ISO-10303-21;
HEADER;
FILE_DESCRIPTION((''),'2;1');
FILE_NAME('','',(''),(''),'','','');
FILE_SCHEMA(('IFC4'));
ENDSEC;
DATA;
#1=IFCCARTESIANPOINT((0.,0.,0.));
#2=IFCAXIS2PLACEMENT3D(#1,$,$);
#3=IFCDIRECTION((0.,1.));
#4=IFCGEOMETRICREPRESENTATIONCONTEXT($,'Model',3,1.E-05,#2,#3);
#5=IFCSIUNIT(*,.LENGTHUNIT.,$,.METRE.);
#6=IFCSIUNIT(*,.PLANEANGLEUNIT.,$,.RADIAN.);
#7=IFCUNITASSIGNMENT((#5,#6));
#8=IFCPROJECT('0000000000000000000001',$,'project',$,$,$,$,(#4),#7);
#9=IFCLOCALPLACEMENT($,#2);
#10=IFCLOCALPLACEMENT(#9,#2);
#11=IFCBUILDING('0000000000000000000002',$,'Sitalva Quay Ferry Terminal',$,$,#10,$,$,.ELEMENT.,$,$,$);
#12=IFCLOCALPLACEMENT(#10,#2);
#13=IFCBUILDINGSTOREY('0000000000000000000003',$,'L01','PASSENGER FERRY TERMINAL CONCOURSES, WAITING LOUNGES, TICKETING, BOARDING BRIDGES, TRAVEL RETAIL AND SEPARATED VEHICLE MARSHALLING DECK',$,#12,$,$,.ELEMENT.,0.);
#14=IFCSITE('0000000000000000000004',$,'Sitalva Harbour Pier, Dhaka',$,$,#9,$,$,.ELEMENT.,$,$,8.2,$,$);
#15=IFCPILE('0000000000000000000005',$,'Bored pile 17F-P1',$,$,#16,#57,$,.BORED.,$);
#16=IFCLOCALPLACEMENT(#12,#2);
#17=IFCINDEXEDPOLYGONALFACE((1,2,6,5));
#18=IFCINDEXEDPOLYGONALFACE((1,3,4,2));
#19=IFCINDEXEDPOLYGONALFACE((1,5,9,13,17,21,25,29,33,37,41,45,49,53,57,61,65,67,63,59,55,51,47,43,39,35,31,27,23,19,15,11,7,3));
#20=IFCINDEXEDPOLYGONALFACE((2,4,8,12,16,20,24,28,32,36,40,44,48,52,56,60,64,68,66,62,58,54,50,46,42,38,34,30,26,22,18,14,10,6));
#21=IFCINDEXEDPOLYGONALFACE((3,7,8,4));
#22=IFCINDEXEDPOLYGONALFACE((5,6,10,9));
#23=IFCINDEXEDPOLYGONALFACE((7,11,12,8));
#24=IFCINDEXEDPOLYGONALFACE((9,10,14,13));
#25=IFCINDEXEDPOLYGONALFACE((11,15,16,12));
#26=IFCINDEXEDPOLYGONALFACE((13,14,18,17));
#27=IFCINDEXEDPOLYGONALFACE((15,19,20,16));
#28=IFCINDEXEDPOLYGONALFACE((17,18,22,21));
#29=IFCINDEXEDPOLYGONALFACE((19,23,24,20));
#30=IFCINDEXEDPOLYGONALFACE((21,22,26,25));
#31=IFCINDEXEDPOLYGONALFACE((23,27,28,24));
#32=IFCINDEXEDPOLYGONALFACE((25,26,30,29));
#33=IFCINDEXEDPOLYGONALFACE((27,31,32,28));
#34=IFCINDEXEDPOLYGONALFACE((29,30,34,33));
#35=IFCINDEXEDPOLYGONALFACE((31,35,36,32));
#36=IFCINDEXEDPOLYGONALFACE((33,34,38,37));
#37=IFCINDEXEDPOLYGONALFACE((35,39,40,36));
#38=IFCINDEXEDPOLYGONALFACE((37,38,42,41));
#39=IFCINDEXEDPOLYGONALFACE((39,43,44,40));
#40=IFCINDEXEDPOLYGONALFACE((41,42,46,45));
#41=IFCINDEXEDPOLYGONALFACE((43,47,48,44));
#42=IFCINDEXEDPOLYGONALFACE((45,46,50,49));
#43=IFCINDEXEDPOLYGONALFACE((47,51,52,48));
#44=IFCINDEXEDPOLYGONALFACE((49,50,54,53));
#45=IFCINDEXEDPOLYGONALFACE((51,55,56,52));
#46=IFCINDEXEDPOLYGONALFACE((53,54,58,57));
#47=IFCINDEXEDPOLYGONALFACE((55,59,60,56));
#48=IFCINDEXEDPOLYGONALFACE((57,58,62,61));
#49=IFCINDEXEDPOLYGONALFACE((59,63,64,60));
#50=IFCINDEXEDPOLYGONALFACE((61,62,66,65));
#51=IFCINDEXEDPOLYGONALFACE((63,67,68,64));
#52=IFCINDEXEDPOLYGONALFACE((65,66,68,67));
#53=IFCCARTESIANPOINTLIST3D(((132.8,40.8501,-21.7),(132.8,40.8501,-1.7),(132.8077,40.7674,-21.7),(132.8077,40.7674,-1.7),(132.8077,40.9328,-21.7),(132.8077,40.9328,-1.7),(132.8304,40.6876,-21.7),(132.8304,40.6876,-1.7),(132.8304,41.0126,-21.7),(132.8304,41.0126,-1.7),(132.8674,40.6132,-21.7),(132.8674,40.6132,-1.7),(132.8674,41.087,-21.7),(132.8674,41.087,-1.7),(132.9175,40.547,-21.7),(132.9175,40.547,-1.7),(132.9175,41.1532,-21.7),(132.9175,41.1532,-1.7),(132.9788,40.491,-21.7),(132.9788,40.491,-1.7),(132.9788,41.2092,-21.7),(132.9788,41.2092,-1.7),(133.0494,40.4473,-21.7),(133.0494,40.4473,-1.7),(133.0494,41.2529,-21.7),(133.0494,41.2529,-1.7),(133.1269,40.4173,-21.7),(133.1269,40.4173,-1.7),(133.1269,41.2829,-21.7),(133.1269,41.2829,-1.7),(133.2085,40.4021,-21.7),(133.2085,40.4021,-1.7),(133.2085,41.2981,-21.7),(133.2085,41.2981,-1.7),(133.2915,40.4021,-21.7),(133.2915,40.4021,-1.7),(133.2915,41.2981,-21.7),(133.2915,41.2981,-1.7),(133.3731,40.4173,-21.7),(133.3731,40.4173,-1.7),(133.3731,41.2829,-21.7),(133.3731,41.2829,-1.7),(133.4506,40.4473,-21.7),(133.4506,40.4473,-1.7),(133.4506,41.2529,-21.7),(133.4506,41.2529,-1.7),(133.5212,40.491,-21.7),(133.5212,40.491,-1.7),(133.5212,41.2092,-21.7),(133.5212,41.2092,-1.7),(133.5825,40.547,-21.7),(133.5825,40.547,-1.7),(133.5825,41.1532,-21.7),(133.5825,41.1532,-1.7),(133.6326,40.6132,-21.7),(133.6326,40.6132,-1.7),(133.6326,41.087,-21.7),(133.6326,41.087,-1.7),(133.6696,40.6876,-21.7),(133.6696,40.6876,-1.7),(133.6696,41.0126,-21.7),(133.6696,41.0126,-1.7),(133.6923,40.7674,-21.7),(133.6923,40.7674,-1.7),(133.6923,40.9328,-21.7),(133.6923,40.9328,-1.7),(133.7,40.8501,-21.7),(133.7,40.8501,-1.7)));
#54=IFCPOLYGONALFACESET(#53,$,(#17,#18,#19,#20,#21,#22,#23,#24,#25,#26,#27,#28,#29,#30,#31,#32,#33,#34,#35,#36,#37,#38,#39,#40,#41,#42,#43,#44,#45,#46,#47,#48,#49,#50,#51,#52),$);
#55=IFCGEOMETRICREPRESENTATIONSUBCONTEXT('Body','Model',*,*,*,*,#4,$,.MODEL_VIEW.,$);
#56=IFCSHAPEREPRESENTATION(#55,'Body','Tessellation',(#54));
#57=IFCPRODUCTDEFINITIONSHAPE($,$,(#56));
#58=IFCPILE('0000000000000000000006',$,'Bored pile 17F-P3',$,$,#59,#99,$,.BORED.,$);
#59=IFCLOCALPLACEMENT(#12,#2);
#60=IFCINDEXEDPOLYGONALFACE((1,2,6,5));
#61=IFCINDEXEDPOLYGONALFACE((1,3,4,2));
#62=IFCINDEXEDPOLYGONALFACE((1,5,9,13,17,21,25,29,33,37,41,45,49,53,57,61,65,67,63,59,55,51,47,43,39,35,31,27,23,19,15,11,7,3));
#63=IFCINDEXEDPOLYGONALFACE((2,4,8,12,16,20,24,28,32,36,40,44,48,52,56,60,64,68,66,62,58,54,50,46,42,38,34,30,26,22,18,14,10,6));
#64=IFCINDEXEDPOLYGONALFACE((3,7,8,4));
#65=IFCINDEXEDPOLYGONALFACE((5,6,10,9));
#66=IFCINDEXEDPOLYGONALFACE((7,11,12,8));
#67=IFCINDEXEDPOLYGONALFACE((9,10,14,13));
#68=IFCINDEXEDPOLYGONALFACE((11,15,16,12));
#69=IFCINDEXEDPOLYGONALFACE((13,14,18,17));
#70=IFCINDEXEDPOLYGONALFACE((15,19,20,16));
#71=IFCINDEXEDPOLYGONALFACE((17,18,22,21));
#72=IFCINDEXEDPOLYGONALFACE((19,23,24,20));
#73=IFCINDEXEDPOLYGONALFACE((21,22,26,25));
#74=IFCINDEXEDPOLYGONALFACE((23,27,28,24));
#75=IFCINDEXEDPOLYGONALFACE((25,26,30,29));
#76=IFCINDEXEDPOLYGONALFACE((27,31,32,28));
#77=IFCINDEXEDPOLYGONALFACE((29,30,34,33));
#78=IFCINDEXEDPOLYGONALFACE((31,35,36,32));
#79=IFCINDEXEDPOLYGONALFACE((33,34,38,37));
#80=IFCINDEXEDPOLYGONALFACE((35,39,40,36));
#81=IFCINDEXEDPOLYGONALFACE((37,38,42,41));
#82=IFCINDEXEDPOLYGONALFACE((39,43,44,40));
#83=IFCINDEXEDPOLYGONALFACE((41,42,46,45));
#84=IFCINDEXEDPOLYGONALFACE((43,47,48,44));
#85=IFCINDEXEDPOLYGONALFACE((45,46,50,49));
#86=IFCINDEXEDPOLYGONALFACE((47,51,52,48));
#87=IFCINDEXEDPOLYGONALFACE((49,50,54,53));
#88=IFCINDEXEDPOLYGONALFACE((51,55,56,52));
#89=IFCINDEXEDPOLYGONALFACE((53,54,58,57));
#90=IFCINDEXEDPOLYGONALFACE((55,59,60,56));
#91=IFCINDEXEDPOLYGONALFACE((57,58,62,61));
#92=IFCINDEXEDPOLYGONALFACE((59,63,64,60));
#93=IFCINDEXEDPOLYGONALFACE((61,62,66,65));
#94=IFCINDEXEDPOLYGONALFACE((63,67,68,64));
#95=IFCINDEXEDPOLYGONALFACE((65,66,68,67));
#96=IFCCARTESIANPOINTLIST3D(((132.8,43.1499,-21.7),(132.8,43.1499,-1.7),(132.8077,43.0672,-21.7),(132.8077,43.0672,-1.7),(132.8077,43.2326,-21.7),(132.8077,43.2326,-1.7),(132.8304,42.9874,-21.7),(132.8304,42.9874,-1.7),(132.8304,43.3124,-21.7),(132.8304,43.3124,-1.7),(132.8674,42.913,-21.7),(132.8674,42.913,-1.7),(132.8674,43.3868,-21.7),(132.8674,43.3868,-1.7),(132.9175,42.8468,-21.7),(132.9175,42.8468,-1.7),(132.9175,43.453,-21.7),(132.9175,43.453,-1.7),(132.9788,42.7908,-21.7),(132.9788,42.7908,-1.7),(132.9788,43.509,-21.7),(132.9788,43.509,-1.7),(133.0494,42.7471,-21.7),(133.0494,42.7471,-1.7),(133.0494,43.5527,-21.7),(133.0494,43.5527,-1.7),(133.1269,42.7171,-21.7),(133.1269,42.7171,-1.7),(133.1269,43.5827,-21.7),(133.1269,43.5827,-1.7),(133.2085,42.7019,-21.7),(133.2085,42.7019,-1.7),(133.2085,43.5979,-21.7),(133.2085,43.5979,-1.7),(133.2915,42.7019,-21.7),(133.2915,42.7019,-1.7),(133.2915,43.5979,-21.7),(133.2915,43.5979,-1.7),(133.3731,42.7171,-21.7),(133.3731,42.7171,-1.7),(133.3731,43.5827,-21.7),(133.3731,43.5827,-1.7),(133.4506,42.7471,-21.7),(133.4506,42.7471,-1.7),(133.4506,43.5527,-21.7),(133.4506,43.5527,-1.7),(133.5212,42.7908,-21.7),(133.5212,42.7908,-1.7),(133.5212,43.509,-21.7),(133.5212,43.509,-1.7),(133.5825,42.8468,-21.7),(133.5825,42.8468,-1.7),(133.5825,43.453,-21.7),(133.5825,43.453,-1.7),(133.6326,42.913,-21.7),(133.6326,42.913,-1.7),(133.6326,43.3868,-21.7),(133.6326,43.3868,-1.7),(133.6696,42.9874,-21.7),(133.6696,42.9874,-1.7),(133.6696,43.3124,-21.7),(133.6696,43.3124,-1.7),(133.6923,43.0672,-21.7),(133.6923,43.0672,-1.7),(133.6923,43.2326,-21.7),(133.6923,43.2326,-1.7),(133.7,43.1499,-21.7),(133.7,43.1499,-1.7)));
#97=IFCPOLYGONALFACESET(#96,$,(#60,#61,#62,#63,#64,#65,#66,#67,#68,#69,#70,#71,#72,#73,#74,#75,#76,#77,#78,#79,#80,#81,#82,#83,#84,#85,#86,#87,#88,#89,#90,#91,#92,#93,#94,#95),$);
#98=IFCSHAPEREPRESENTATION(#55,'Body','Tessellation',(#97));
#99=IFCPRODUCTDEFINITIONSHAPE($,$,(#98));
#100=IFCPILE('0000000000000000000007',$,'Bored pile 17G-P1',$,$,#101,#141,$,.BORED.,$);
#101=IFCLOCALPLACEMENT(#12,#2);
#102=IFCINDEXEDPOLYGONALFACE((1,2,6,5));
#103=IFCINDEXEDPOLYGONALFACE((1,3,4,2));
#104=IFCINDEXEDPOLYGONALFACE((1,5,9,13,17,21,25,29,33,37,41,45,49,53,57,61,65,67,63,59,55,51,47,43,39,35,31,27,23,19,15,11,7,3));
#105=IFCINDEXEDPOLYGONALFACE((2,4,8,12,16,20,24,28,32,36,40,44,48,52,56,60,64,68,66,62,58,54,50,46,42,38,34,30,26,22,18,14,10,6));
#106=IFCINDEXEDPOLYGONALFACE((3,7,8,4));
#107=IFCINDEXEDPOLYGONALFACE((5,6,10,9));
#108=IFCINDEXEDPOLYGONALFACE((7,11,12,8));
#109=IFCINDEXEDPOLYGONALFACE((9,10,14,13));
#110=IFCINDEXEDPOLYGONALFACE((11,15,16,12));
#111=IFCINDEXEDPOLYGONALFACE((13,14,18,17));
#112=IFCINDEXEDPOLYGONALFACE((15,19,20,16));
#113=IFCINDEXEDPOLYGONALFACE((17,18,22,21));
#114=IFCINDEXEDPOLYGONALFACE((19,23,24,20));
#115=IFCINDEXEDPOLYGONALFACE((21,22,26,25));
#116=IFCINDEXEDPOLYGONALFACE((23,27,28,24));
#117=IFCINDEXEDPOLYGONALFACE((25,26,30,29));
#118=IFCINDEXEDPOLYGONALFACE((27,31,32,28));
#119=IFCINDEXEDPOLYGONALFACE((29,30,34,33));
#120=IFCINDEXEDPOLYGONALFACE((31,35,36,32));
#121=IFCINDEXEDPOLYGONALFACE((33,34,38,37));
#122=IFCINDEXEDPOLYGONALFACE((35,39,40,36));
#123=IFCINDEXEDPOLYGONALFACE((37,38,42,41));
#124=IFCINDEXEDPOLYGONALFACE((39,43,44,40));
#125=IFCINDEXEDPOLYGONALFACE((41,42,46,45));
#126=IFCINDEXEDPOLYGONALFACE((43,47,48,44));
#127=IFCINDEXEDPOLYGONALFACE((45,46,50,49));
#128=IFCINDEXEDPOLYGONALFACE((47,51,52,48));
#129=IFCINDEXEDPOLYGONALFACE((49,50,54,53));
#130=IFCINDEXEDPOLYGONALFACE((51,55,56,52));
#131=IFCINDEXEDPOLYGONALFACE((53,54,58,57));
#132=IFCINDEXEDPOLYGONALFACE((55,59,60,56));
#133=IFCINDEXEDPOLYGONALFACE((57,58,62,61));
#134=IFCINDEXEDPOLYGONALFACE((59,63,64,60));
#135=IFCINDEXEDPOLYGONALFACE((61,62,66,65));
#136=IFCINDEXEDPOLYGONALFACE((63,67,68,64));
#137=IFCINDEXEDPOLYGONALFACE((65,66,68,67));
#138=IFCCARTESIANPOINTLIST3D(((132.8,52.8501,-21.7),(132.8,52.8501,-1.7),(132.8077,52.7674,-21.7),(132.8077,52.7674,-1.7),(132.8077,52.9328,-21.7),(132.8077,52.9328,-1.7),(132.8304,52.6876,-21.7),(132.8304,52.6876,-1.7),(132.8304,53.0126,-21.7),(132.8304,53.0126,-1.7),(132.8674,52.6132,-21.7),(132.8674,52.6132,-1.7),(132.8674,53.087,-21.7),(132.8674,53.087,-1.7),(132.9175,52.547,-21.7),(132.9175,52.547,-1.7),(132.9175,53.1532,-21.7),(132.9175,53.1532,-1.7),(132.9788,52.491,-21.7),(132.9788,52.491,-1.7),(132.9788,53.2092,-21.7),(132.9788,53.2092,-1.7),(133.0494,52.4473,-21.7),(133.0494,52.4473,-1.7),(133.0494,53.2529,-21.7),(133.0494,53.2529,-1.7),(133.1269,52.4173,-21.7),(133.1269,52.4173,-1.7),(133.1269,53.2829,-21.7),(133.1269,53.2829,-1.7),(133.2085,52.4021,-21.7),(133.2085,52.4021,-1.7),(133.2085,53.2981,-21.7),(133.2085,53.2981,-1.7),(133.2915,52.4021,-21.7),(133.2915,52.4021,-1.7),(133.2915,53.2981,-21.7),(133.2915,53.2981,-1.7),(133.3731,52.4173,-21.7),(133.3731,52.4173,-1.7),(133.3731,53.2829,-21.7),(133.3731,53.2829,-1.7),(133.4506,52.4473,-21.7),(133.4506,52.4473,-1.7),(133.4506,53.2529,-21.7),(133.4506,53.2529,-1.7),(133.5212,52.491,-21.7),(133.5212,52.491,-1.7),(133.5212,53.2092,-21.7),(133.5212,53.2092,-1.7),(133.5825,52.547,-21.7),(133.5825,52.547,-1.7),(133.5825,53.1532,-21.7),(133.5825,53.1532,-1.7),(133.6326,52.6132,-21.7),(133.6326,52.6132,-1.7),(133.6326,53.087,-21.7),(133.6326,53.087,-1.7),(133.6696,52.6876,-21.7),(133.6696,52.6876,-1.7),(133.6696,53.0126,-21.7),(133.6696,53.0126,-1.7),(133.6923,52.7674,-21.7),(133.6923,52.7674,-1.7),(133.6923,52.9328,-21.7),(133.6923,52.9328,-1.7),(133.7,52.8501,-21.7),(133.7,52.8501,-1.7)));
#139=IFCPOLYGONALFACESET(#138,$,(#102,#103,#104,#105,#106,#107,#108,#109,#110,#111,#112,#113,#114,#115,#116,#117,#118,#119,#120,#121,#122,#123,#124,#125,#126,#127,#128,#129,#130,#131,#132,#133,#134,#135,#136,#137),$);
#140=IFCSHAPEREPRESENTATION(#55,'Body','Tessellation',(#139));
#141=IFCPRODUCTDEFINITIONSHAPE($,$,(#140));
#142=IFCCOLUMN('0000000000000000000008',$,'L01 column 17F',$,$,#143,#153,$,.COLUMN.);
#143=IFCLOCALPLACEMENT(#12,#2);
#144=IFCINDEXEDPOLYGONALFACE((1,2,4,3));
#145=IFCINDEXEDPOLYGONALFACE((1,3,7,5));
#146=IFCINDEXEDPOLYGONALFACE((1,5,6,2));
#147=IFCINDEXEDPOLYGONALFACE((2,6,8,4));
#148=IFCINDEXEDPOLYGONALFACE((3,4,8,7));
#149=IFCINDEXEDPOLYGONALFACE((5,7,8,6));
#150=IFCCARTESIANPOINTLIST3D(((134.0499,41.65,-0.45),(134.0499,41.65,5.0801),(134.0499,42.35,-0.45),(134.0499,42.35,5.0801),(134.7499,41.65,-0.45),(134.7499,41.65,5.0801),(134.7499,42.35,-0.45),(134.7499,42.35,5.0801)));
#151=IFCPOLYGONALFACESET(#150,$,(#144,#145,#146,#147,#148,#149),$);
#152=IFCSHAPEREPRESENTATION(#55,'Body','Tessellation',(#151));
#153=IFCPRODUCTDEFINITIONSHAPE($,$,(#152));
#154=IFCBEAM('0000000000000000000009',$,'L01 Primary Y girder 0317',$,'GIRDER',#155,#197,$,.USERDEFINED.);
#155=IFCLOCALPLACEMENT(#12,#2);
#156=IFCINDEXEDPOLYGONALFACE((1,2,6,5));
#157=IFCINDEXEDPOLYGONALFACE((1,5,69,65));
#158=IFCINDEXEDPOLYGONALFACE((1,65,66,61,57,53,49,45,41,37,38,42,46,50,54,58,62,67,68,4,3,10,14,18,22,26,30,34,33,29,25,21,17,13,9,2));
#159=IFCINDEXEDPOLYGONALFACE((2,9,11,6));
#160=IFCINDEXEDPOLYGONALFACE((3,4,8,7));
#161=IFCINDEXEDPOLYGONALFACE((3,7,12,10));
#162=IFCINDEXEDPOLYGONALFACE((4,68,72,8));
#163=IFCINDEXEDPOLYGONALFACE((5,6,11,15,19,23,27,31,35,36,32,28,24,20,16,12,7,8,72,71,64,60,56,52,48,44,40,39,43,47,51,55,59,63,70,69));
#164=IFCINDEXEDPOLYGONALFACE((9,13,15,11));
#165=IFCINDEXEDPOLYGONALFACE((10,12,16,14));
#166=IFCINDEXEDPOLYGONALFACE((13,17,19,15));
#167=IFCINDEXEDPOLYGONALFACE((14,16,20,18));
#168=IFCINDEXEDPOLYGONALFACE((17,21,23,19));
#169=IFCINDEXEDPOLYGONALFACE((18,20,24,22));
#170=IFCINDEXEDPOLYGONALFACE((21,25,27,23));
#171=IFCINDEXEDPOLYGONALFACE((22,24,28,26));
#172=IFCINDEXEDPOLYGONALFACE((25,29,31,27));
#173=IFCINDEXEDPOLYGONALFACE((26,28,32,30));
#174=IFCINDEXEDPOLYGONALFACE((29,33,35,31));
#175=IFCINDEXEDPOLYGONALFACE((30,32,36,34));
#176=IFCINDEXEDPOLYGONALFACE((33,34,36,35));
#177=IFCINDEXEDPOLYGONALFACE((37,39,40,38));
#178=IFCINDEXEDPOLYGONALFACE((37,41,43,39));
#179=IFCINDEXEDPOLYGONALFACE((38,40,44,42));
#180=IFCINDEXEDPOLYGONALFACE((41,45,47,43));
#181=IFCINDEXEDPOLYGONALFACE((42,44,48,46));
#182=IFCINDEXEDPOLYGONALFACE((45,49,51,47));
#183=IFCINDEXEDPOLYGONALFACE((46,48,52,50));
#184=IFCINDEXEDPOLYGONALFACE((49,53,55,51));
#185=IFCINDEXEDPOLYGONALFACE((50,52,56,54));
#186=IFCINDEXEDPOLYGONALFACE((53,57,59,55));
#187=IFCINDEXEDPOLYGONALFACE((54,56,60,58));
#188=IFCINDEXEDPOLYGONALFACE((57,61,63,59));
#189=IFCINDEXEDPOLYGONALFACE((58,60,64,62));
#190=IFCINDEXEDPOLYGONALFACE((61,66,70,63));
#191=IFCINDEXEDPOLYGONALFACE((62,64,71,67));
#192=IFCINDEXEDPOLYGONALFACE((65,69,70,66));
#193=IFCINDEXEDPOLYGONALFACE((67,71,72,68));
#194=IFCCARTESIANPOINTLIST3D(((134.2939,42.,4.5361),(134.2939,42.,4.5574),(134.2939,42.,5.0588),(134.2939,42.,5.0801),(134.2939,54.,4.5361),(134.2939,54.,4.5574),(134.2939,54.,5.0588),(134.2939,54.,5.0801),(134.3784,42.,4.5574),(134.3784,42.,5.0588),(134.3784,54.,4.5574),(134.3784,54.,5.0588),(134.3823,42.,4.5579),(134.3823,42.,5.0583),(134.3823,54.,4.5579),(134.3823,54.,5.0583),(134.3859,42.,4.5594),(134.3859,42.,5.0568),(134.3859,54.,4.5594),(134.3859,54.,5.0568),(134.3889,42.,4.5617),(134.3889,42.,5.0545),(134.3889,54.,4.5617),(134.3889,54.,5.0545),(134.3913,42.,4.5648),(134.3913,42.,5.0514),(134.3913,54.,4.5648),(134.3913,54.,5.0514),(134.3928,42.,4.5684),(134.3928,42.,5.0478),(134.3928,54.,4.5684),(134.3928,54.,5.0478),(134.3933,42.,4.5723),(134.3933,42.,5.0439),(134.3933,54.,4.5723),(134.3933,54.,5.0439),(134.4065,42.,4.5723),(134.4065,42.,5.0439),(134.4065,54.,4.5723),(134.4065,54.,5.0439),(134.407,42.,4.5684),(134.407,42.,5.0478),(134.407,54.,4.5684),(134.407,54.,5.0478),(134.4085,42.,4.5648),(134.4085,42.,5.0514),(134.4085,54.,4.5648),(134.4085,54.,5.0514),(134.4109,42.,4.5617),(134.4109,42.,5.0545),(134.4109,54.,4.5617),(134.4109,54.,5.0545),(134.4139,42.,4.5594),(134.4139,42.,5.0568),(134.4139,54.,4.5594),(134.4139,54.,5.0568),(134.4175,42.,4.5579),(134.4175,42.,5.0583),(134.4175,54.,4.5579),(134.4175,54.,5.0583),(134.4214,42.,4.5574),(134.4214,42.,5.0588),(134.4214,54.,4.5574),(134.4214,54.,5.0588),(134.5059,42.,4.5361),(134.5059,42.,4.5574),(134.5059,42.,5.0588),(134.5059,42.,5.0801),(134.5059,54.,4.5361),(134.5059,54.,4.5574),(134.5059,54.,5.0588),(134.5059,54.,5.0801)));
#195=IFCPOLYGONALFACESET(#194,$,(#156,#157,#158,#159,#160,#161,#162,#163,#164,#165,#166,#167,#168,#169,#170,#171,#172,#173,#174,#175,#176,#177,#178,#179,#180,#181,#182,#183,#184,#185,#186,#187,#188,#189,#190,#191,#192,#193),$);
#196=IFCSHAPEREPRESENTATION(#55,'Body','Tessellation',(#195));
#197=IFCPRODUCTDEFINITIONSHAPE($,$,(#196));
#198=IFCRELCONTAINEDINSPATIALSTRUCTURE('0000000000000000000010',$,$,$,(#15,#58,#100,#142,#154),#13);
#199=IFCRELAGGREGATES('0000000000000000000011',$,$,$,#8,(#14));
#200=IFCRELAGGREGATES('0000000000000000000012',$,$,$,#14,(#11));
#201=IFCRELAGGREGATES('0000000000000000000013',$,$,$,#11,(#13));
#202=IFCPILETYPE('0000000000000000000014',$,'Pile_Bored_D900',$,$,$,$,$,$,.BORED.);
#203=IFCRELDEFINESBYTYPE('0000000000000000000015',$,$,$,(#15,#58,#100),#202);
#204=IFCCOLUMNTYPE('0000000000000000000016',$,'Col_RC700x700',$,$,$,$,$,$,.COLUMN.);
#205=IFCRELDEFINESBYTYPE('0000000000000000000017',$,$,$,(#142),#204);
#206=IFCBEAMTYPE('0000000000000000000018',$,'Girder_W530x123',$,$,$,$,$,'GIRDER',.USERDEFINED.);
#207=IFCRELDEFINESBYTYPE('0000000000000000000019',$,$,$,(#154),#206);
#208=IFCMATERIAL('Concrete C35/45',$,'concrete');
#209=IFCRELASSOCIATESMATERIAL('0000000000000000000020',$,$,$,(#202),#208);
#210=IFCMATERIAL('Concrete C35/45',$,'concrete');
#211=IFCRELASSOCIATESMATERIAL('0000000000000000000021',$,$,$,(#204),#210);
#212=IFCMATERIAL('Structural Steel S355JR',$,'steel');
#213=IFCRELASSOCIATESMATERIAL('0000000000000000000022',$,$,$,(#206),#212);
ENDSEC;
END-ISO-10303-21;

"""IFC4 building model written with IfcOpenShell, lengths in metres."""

from ifc_helpers import new_model, si_unit, direction, frame, origin, origin_2d, place, context, subcontext, project, spatial, rectangle, circle, i_section, extrude, material, material_profile, profile_set, type_object, element, save


model = new_model("IFC4")

# Units and contexts
model_context = context("Model", 3, precision=1e-05, world=origin(), true_north=direction((0.0, 1.0)))
body_context = subcontext(model_context, "Body", "Model", "MODEL_VIEW")
ifc_project = project(units=[si_unit("LENGTHUNIT", "METRE"), si_unit("PLANEANGLEUNIT", "RADIAN")], contexts=[model_context])

# Site, building, storey
site_placement = place(None, origin())
site = spatial("IfcSite", under=ifc_project, at=site_placement, Name="Sitalva Harbour Pier, Dhaka", CompositionType="ELEMENT", RefElevation=8.2)
building_placement = place(site_placement, origin())
building = spatial("IfcBuilding", under=site, at=building_placement, Name="Sitalva Quay Ferry Terminal", CompositionType="ELEMENT")
storey_placement = place(building_placement, origin())
storey = spatial("IfcBuildingStorey", under=building, at=storey_placement, Name="L01", Description="PASSENGER FERRY TERMINAL CONCOURSES, WAITING LOUNGES, TICKETING, BOARDING BRIDGES, TRAVEL RETAIL AND SEPARATED VEHICLE MARSHALLING DECK", CompositionType="ELEMENT", Elevation=0.0)

# Piles
ifc_material_1 = material(Name="Concrete C35/45", Category="concrete")
ifc_material_profile_1 = material_profile(ifc_material_1, circle(Radius=0.45, at=origin_2d()), Name="PILE-D900")
ifc_profile_set_1 = profile_set([ifc_material_profile_1], Name="Concrete C35/45")
pile_type_1 = type_object("IfcPileType", Name="Pile_Bored_D900", PredefinedType="BORED", material=ifc_profile_set_1)
for number, where, z_axis, x_axis, name in (
    (1, (133.25, 40.8501, -1.7), (0.0, 0.0, -1.0), (1.0, 0.0, 0.0), "Bored pile 17F-P1"),
    (2, (133.25, 43.1499, -1.7), (0.0, 0.0, -1.0), (1.0, 0.0, 0.0), "Bored pile 17F-P3"),
    (3, (133.25, 52.8501, -1.7), (0.0, 0.0, -1.0), (1.0, 0.0, 0.0), "Bored pile 17G-P1"),
):
    element("IfcPile", number, at=place(storey_placement, frame(where, z_axis=z_axis, x_axis=x_axis)), inside=storey, type_object=pile_type_1, Name=name, PredefinedType="BORED", context=body_context, shape_type="SweptSolid", body=[
        extrude(circle(Radius=0.45, at=origin_2d()), origin(), (0.0, 0.0, 1.0), 20.0),
    ])

# Column
ifc_material_2 = material(Name="Concrete C35/45", Category="concrete")
ifc_material_profile_2 = material_profile(ifc_material_2, rectangle(XDim=0.7, YDim=0.7, at=origin_2d()), Name="RC700x700")
ifc_profile_set_2 = profile_set([ifc_material_profile_2], Name="Concrete C35/45")
column_type = type_object("IfcColumnType", Name="Col_RC700x700", PredefinedType="COLUMN", material=ifc_profile_set_2)
column_placement = place(storey_placement, frame((134.3999, 42.0, -0.45), z_axis=(0.0, 0.0, 1.0), x_axis=(1.0, 0.0, 0.0)))
element("IfcColumn", 4, at=column_placement, inside=storey, type_object=column_type, Name="L01 column 17F", PredefinedType="COLUMN", context=body_context, shape_type="SweptSolid", body=[
    extrude(rectangle(XDim=0.7, YDim=0.7, at=origin_2d()), origin(), (0.0, 0.0, 1.0), 5.53),
])

# Beam
ifc_material_3 = material(Name="Structural Steel S355JR", Category="steel")
ifc_material_profile_3 = material_profile(ifc_material_3, i_section(OverallWidth=0.2119, OverallDepth=0.5439, WebThickness=0.0132, FlangeThickness=0.0212, FilletRadius=0.0149, at=origin_2d()), Name="W530x123")
ifc_profile_set_3 = profile_set([ifc_material_profile_3], Name="Structural Steel S355JR")
beam_type_1 = type_object("IfcBeamType", Name="Girder_W530x123", ElementType="GIRDER", PredefinedType="USERDEFINED", material=ifc_profile_set_3)
beam_1_placement = place(storey_placement, frame((134.3999, 42.0, 4.8081), z_axis=(0.0, 1.0, 0.0), x_axis=(-1.0, 0.0, 0.0)))
element("IfcBeam", 5, at=beam_1_placement, inside=storey, type_object=beam_type_1, Name="L01 Primary Y girder 0317", ObjectType="GIRDER", PredefinedType="USERDEFINED", context=body_context, shape_type="SweptSolid", body=[
    extrude(i_section(OverallWidth=0.2119, OverallDepth=0.5439, WebThickness=0.0132, FlangeThickness=0.0212, FilletRadius=0.0149, at=origin_2d()), origin(), (0.0, 0.0, 1.0), 12.0),
])

save(model, "model.ifc")
